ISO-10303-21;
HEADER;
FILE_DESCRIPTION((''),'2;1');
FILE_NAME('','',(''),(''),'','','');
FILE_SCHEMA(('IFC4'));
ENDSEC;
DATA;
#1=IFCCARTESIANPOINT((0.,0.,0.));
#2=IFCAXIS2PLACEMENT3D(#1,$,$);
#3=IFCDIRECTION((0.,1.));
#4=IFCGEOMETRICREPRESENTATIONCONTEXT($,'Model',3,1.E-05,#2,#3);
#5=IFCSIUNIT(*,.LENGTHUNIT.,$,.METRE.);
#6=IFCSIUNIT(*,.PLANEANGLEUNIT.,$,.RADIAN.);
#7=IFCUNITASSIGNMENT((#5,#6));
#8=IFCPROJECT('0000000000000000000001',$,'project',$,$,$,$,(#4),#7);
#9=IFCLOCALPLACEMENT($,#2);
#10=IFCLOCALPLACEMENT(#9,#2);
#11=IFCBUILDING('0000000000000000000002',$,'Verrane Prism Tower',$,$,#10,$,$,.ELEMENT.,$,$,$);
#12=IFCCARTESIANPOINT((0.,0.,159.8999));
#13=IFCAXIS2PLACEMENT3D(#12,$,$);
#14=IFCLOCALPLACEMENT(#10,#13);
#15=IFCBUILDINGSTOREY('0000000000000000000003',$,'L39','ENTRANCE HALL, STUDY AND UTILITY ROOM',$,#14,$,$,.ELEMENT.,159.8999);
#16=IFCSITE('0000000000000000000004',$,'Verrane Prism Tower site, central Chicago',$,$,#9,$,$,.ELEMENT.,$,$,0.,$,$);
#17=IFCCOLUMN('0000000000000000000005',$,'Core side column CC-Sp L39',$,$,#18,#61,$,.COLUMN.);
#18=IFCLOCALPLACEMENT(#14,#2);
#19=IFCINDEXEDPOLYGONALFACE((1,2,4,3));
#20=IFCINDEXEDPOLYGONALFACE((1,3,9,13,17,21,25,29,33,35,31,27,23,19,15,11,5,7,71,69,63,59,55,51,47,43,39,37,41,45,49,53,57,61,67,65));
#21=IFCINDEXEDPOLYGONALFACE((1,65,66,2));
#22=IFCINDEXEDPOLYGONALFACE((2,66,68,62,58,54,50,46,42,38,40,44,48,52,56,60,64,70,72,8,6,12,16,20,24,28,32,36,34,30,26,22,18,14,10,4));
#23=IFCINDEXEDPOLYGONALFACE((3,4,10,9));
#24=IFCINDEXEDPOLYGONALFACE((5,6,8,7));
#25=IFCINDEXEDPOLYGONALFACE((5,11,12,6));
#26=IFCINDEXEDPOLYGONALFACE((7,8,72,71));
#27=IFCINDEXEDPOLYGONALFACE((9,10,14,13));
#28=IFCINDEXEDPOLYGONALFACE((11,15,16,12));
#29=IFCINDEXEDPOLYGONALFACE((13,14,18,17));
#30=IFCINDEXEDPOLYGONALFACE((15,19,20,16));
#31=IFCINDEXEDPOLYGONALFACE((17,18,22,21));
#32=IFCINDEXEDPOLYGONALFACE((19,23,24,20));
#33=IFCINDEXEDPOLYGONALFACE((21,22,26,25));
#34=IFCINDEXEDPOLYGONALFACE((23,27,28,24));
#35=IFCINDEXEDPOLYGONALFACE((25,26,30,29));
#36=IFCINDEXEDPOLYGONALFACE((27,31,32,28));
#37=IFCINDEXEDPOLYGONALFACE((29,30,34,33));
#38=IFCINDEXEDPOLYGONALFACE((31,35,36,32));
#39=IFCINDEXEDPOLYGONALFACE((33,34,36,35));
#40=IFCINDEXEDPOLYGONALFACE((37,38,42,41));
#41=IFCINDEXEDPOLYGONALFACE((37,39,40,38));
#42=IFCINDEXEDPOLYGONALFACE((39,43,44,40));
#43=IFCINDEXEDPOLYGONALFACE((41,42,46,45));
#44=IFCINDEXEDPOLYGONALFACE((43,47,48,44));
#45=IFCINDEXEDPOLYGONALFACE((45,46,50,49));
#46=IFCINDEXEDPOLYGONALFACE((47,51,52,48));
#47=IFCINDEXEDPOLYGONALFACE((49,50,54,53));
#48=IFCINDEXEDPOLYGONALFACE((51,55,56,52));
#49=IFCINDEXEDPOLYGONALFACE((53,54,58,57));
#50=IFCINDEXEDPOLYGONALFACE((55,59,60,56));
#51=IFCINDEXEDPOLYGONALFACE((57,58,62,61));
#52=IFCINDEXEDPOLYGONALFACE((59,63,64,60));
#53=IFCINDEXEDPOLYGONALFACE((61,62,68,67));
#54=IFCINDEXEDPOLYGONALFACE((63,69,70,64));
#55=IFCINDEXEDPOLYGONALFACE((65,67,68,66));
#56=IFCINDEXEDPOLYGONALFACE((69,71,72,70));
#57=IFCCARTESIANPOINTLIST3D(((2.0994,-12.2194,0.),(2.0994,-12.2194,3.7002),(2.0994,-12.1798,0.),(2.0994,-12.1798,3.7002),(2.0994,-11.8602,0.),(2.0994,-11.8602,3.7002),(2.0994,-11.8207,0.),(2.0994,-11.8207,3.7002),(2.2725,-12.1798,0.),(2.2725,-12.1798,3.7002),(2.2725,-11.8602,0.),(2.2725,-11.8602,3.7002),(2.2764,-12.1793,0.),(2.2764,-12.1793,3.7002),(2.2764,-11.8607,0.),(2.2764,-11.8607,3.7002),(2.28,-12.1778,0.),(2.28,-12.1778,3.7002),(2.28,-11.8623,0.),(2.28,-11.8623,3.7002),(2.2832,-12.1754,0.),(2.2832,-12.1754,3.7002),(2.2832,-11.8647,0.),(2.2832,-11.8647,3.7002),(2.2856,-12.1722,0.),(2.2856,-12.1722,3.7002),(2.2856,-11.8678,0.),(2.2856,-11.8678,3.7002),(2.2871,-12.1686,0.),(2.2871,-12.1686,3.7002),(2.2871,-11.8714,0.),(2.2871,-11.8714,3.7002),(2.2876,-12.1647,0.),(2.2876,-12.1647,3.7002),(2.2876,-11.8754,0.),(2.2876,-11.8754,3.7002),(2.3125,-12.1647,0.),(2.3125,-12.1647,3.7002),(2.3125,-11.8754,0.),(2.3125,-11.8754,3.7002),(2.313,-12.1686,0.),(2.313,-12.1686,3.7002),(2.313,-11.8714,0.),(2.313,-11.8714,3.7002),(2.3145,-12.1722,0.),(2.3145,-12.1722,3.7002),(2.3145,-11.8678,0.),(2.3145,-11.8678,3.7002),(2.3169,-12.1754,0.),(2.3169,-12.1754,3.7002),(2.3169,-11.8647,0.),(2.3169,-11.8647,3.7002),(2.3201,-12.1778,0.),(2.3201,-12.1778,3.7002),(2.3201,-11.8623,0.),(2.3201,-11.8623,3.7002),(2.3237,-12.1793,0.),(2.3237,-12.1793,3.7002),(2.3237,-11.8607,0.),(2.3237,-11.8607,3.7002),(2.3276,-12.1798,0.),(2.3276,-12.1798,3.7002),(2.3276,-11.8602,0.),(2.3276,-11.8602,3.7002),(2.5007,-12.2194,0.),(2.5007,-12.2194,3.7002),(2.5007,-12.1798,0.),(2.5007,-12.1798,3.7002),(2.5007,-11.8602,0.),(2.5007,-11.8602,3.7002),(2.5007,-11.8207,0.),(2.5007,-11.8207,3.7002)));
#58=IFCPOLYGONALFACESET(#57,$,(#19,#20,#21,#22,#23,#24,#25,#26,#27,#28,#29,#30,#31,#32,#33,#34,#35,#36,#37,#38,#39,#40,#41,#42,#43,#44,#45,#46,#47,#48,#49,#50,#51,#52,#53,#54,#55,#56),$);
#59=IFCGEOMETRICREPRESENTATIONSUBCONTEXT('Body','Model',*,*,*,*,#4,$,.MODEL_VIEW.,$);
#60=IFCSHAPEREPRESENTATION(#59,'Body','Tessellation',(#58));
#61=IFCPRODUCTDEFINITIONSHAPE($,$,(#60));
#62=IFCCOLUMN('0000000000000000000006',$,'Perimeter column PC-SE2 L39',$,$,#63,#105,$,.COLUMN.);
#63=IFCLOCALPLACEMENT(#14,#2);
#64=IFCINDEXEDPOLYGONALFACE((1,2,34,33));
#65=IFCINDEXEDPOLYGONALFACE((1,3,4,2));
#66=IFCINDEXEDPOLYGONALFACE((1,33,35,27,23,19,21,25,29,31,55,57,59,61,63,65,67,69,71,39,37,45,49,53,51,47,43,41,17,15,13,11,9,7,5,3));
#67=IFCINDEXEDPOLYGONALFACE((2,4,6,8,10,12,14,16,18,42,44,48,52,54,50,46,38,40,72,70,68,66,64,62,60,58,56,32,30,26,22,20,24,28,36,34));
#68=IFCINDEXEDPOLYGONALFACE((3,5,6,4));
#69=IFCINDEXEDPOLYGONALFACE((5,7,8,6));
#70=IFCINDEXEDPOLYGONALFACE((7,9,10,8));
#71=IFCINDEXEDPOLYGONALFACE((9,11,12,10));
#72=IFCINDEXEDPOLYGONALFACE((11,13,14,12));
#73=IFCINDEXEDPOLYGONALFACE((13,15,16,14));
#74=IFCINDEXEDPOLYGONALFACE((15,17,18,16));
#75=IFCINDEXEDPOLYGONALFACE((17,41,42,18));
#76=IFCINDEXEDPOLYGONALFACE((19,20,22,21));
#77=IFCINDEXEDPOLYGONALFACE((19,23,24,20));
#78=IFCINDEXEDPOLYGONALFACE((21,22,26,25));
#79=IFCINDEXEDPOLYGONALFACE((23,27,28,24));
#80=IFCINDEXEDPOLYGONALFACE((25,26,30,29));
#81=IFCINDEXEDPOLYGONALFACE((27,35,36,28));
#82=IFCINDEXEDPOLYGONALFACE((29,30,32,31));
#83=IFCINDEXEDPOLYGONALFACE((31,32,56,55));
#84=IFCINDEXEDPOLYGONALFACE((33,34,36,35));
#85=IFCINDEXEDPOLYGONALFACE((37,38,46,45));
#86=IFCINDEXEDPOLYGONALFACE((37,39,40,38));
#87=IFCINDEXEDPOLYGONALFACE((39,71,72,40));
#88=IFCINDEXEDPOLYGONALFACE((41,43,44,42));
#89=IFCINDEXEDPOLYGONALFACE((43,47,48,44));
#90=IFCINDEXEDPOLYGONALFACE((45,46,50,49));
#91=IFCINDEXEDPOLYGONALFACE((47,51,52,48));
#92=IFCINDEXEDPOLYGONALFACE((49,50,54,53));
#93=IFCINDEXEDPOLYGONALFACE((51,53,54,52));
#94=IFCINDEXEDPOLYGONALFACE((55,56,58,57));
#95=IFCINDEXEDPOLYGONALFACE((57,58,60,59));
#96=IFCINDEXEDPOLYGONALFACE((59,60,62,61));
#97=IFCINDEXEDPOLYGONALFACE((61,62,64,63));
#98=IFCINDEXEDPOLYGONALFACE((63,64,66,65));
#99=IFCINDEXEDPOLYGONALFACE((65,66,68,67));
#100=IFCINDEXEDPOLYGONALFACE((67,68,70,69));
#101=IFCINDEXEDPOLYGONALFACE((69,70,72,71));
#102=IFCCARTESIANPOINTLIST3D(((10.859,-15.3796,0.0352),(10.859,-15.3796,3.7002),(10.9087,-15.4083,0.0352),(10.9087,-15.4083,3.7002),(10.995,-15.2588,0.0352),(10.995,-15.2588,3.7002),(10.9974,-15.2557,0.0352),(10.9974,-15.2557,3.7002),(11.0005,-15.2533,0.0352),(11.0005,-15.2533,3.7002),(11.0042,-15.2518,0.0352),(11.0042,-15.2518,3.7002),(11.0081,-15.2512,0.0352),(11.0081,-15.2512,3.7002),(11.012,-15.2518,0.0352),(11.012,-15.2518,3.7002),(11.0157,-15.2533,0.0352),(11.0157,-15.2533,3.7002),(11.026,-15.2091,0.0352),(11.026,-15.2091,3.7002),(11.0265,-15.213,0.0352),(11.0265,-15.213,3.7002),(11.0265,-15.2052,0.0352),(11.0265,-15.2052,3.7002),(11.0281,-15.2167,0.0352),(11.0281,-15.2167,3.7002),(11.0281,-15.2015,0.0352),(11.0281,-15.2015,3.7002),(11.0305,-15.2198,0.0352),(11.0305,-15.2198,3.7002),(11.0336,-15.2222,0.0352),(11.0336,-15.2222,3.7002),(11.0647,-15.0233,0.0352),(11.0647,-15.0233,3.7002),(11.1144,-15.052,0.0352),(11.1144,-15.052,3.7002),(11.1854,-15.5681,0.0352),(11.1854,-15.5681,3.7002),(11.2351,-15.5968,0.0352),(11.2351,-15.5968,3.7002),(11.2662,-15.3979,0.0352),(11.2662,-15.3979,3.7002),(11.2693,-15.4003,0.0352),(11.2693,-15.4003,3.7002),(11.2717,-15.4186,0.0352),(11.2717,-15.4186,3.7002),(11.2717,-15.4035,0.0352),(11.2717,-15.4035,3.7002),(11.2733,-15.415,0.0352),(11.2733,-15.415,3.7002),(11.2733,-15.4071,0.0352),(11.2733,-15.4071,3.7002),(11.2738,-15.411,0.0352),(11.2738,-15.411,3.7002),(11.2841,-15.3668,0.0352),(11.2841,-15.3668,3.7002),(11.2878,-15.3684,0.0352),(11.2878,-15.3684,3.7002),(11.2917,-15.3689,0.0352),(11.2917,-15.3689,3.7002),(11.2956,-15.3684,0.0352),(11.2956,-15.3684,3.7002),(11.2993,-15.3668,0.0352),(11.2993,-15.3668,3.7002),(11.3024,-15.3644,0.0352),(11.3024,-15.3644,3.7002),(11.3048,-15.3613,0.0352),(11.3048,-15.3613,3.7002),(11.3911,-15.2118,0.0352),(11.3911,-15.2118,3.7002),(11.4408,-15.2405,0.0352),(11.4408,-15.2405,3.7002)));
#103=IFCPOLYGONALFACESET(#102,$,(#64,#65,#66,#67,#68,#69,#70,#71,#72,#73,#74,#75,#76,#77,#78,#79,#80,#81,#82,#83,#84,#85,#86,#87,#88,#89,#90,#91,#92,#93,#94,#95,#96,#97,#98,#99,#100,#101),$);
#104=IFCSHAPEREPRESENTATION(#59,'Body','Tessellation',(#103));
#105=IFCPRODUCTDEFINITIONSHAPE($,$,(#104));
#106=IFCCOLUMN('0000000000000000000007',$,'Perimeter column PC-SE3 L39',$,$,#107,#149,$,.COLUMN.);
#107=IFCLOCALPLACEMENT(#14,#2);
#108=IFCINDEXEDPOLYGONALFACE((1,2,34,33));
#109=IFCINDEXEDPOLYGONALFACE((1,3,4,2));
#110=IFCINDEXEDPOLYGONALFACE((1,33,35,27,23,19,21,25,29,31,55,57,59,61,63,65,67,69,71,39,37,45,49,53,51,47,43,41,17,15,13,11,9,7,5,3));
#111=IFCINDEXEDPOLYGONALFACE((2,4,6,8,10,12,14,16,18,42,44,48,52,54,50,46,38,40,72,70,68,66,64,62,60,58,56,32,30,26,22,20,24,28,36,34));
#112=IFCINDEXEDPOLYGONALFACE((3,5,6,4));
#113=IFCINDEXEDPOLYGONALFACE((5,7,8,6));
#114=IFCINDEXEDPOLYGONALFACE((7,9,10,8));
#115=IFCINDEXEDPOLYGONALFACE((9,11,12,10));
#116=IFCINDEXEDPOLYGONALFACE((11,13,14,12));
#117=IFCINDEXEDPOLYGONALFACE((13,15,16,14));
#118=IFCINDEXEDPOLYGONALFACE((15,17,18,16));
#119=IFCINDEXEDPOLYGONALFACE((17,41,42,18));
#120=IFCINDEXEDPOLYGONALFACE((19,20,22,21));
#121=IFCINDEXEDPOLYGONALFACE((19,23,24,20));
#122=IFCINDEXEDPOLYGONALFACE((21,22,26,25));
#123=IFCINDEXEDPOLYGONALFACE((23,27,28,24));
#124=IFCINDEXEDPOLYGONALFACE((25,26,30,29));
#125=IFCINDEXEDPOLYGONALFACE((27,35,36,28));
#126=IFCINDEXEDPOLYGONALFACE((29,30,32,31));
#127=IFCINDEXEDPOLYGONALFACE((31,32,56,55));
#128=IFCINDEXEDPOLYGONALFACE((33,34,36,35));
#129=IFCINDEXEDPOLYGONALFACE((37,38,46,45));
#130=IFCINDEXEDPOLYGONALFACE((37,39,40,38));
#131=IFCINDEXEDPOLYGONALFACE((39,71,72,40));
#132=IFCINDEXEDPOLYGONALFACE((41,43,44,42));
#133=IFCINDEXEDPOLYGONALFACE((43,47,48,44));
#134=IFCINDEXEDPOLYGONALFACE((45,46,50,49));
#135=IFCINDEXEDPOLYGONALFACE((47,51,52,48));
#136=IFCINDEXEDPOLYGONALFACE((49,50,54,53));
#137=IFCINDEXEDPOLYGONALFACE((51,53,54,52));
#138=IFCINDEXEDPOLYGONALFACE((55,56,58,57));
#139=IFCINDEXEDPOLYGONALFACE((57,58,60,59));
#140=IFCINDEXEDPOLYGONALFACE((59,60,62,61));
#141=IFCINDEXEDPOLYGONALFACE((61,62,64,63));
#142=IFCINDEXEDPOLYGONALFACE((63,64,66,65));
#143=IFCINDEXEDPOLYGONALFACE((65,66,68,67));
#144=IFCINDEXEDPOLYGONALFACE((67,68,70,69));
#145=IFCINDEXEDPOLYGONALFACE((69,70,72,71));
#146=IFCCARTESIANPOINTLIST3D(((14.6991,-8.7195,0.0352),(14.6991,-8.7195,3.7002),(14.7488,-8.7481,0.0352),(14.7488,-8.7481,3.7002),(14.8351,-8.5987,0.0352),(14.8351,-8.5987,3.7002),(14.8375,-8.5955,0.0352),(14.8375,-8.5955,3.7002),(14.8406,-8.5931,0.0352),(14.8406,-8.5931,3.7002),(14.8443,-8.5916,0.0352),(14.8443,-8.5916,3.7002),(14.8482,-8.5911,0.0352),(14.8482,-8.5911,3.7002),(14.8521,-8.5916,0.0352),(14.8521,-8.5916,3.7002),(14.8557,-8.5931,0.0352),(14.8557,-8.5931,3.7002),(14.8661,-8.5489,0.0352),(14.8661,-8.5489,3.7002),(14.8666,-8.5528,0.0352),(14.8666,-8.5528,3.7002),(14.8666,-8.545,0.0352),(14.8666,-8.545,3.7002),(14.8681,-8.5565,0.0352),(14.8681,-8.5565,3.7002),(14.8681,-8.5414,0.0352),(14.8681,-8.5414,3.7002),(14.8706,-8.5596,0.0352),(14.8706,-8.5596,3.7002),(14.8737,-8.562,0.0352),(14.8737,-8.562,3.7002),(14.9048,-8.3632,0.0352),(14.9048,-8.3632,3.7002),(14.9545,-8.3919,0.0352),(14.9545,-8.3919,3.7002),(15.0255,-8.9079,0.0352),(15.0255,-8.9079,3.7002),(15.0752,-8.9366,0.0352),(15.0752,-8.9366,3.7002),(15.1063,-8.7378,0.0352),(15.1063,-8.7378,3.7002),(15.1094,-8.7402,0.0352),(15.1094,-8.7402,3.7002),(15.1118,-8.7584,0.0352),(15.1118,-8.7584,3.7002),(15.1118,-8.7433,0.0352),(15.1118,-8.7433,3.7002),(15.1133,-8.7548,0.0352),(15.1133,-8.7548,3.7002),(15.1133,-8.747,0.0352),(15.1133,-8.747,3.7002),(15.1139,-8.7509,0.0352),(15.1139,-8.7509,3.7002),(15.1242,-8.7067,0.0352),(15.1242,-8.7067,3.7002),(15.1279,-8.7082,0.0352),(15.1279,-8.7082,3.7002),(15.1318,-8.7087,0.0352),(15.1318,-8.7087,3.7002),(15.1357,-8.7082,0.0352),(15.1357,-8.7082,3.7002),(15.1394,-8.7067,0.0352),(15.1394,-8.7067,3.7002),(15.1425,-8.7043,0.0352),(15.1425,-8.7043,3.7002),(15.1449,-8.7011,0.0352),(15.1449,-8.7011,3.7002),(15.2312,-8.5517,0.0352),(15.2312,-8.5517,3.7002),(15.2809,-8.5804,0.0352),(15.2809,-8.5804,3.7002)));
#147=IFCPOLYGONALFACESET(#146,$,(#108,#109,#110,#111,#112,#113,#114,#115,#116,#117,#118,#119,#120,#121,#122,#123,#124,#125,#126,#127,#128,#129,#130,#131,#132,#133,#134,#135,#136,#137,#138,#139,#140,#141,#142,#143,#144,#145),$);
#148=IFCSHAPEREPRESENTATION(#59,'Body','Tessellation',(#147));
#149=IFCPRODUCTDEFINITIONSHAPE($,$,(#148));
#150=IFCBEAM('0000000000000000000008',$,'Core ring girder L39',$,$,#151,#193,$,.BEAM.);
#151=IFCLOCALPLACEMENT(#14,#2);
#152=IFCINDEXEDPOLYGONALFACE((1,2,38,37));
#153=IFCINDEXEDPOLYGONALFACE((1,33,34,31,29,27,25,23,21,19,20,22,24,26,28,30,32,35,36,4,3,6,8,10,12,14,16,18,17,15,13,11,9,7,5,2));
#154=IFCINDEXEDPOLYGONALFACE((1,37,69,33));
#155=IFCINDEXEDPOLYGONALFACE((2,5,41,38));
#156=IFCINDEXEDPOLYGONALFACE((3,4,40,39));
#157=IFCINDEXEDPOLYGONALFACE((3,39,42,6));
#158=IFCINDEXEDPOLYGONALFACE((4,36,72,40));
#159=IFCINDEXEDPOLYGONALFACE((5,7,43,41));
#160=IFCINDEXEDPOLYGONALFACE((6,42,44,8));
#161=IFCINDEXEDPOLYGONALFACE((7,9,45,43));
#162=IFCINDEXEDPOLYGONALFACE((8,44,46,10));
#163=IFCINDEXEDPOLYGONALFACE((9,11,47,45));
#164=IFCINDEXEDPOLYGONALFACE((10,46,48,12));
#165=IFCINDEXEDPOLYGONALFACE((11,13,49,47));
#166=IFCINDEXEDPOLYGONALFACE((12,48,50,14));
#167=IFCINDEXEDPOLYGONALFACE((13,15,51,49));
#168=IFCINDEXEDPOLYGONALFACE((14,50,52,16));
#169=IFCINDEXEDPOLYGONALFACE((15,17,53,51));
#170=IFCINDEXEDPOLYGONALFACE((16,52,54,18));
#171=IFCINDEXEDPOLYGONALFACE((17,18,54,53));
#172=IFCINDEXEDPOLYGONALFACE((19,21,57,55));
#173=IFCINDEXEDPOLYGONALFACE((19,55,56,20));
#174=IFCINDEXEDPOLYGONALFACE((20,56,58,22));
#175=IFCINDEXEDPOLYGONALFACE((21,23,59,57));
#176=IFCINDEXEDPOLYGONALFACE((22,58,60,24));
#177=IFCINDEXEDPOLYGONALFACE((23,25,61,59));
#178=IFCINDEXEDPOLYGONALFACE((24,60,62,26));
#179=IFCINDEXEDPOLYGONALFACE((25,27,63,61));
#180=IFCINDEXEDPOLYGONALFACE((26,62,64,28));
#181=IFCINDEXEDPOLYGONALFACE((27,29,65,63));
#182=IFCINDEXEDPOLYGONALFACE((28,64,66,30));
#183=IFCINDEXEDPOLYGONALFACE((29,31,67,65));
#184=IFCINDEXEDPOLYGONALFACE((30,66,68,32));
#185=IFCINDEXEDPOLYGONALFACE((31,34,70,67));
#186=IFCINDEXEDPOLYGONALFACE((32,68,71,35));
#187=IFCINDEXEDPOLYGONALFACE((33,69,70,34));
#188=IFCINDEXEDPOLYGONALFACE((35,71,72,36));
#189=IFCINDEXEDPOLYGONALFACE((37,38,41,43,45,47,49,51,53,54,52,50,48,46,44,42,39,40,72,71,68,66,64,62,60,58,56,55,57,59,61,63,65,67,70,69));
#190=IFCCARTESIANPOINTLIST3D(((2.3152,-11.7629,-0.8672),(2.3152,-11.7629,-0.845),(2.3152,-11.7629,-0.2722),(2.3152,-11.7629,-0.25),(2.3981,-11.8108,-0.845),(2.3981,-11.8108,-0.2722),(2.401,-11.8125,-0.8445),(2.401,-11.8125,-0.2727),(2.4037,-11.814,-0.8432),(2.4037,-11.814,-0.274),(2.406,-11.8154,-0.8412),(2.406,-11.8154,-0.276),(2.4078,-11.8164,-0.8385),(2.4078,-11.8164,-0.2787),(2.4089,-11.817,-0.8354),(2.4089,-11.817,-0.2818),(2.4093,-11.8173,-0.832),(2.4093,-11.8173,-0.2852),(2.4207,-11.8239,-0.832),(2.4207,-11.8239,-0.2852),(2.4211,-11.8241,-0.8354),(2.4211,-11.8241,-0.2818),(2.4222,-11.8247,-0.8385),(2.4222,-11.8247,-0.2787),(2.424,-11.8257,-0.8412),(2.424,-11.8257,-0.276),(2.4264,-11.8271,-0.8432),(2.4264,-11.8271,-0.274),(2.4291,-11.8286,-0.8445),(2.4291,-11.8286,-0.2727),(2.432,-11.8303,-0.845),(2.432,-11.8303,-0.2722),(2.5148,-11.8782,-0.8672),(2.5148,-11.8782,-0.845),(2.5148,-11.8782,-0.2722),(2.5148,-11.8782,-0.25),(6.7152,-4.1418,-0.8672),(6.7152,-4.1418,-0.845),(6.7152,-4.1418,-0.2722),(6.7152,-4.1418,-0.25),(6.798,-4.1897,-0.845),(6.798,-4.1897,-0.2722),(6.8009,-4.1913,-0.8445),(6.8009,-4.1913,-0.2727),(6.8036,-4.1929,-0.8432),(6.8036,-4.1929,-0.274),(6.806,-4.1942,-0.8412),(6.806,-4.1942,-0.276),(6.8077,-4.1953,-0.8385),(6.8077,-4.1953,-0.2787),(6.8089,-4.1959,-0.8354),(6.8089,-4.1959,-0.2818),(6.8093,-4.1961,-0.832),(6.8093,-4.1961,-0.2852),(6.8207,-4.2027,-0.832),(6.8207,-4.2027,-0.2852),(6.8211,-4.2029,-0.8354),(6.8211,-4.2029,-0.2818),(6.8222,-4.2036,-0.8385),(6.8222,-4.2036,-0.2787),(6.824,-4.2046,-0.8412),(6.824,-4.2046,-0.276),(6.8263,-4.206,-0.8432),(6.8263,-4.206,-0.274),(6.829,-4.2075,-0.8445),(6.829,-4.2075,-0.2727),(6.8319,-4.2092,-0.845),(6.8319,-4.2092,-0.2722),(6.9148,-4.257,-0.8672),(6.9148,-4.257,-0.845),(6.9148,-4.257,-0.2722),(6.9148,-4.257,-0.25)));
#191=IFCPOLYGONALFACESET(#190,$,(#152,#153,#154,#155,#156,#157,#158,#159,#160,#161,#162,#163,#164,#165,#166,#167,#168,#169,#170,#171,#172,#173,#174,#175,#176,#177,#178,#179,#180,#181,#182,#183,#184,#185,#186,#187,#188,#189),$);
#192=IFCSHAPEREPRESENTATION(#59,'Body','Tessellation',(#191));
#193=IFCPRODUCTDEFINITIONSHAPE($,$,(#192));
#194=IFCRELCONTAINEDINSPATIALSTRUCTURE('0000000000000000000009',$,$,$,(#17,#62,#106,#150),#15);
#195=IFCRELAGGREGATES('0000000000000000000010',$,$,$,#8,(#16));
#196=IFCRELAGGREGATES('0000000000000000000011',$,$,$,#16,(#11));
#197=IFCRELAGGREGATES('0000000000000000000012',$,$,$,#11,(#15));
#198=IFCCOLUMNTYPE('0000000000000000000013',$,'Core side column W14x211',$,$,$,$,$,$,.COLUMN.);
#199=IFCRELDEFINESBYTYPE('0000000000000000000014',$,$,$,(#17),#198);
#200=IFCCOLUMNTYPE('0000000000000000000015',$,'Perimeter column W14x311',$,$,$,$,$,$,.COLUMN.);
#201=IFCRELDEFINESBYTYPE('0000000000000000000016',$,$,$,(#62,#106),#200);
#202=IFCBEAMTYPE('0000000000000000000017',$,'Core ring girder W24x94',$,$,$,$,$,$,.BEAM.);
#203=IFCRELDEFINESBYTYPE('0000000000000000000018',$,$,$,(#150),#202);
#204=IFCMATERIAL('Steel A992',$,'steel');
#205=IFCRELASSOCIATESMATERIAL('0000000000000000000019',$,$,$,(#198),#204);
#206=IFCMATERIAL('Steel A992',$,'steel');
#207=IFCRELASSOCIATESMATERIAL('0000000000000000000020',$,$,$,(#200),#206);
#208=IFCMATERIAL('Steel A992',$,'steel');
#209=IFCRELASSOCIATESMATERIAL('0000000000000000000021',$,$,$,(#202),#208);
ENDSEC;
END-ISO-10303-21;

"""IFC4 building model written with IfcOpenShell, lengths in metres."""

from ifc_helpers import new_model, si_unit, direction, frame, origin, origin_2d, place, context, subcontext, project, spatial, i_section, extrude, material, material_profile, profile_set, type_object, element, save


model = new_model("IFC4")

# Units and contexts
model_context = context("Model", 3, precision=1e-05, world=origin(), true_north=direction((0.0, 1.0)))
body_context = subcontext(model_context, "Body", "Model", "MODEL_VIEW")
ifc_project = project(units=[si_unit("LENGTHUNIT", "METRE"), si_unit("PLANEANGLEUNIT", "RADIAN")], contexts=[model_context])

# Site, building, storey
site_placement = place(None, origin())
site = spatial("IfcSite", under=ifc_project, at=site_placement, Name="Verrane Prism Tower site, central Chicago", CompositionType="ELEMENT", RefElevation=0.0)
building_placement = place(site_placement, origin())
building = spatial("IfcBuilding", under=site, at=building_placement, Name="Verrane Prism Tower", CompositionType="ELEMENT")
storey_placement = place(building_placement, frame((0.0, 0.0, 159.8999)))
storey = spatial("IfcBuildingStorey", under=building, at=storey_placement, Name="L39", Description="ENTRANCE HALL, STUDY AND UTILITY ROOM", CompositionType="ELEMENT", Elevation=159.8999)

# Columns
ifc_material_1 = material(Name="Steel A992", Category="steel")
ifc_material_profile_1 = material_profile(ifc_material_1, i_section(OverallWidth=0.4014, OverallDepth=0.3987, WebThickness=0.0249, FlangeThickness=0.0396, FilletRadius=0.0151, at=origin_2d()), Name="W14x211")
ifc_profile_set_1 = profile_set([ifc_material_profile_1], Name="Steel A992")
column_type_1 = type_object("IfcColumnType", Name="Core side column W14x211", PredefinedType="COLUMN", material=ifc_profile_set_1)
column_placement = place(storey_placement, frame((2.3, -12.02, 0.0), z_axis=(0.0, 0.0, 1.0), x_axis=(1.0, 0.0, 0.0)))
element("IfcColumn", 1, at=column_placement, inside=storey, type_object=column_type_1, Name="Core side column CC-Sp L39", PredefinedType="COLUMN", context=body_context, shape_type="SweptSolid", body=[
    extrude(i_section(OverallWidth=0.4014, OverallDepth=0.3987, WebThickness=0.0249, FlangeThickness=0.0396, FilletRadius=0.0151, at=origin_2d()), origin(), (0.0, 0.0, 1.0), 3.7002),
])
ifc_material_2 = material(Name="Steel A992", Category="steel")
ifc_material_profile_2 = material_profile(ifc_material_2, i_section(OverallWidth=0.4114, OverallDepth=0.4343, WebThickness=0.0359, FlangeThickness=0.0574, FilletRadius=0.0151, at=origin_2d()), Name="W14x311")
ifc_profile_set_2 = profile_set([ifc_material_profile_2], Name="Steel A992")
column_type_2 = type_object("IfcColumnType", Name="Perimeter column W14x311", PredefinedType="COLUMN", material=ifc_profile_set_2)
for number, where, z_axis, x_axis, name in (
    (2, (11.1499, -15.3101, 0.0352), (0.0, 0.0, 1.0), (-0.5, -0.866025, 0.0), "Perimeter column PC-SE2 L39"),
    (3, (14.99, -8.6499, 0.0352), (0.0, 0.0, 1.0), (-0.5, -0.866025, 0.0), "Perimeter column PC-SE3 L39"),
):
    element("IfcColumn", number, at=place(storey_placement, frame(where, z_axis=z_axis, x_axis=x_axis)), inside=storey, type_object=column_type_2, Name=name, PredefinedType="COLUMN", context=body_context, shape_type="SweptSolid", body=[
        extrude(i_section(OverallWidth=0.4114, OverallDepth=0.4343, WebThickness=0.0359, FlangeThickness=0.0574, FilletRadius=0.0151, at=origin_2d()), origin(), (0.0, 0.0, 1.0), 3.665),
    ])

# Beam
ifc_material_3 = material(Name="Steel A992", Category="steel")
ifc_material_profile_3 = material_profile(ifc_material_3, i_section(OverallWidth=0.2305, OverallDepth=0.6172, WebThickness=0.0132, FlangeThickness=0.0222, FilletRadius=0.0129, at=origin_2d()), Name="W24x94")
ifc_profile_set_3 = profile_set([ifc_material_profile_3], Name="Steel A992")
beam_type_1 = type_object("IfcBeamType", Name="Core ring girder W24x94", PredefinedType="BEAM", material=ifc_profile_set_3)
beam_1_placement = place(storey_placement, frame((2.415, -11.8206, -0.5586), z_axis=(0.499988, 0.866032, 0.0), x_axis=(-0.866032, 0.499988, 0.0)))
element("IfcBeam", 4, at=beam_1_placement, inside=storey, type_object=beam_type_1, Name="Core ring girder L39", PredefinedType="BEAM", context=body_context, shape_type="SweptSolid", body=[
    extrude(i_section(OverallWidth=0.2305, OverallDepth=0.6172, WebThickness=0.0132, FlangeThickness=0.0222, FilletRadius=0.0129, at=origin_2d()), origin(), (0.0, 0.0, 1.0), 8.8),
])

save(model, "model.ifc")
